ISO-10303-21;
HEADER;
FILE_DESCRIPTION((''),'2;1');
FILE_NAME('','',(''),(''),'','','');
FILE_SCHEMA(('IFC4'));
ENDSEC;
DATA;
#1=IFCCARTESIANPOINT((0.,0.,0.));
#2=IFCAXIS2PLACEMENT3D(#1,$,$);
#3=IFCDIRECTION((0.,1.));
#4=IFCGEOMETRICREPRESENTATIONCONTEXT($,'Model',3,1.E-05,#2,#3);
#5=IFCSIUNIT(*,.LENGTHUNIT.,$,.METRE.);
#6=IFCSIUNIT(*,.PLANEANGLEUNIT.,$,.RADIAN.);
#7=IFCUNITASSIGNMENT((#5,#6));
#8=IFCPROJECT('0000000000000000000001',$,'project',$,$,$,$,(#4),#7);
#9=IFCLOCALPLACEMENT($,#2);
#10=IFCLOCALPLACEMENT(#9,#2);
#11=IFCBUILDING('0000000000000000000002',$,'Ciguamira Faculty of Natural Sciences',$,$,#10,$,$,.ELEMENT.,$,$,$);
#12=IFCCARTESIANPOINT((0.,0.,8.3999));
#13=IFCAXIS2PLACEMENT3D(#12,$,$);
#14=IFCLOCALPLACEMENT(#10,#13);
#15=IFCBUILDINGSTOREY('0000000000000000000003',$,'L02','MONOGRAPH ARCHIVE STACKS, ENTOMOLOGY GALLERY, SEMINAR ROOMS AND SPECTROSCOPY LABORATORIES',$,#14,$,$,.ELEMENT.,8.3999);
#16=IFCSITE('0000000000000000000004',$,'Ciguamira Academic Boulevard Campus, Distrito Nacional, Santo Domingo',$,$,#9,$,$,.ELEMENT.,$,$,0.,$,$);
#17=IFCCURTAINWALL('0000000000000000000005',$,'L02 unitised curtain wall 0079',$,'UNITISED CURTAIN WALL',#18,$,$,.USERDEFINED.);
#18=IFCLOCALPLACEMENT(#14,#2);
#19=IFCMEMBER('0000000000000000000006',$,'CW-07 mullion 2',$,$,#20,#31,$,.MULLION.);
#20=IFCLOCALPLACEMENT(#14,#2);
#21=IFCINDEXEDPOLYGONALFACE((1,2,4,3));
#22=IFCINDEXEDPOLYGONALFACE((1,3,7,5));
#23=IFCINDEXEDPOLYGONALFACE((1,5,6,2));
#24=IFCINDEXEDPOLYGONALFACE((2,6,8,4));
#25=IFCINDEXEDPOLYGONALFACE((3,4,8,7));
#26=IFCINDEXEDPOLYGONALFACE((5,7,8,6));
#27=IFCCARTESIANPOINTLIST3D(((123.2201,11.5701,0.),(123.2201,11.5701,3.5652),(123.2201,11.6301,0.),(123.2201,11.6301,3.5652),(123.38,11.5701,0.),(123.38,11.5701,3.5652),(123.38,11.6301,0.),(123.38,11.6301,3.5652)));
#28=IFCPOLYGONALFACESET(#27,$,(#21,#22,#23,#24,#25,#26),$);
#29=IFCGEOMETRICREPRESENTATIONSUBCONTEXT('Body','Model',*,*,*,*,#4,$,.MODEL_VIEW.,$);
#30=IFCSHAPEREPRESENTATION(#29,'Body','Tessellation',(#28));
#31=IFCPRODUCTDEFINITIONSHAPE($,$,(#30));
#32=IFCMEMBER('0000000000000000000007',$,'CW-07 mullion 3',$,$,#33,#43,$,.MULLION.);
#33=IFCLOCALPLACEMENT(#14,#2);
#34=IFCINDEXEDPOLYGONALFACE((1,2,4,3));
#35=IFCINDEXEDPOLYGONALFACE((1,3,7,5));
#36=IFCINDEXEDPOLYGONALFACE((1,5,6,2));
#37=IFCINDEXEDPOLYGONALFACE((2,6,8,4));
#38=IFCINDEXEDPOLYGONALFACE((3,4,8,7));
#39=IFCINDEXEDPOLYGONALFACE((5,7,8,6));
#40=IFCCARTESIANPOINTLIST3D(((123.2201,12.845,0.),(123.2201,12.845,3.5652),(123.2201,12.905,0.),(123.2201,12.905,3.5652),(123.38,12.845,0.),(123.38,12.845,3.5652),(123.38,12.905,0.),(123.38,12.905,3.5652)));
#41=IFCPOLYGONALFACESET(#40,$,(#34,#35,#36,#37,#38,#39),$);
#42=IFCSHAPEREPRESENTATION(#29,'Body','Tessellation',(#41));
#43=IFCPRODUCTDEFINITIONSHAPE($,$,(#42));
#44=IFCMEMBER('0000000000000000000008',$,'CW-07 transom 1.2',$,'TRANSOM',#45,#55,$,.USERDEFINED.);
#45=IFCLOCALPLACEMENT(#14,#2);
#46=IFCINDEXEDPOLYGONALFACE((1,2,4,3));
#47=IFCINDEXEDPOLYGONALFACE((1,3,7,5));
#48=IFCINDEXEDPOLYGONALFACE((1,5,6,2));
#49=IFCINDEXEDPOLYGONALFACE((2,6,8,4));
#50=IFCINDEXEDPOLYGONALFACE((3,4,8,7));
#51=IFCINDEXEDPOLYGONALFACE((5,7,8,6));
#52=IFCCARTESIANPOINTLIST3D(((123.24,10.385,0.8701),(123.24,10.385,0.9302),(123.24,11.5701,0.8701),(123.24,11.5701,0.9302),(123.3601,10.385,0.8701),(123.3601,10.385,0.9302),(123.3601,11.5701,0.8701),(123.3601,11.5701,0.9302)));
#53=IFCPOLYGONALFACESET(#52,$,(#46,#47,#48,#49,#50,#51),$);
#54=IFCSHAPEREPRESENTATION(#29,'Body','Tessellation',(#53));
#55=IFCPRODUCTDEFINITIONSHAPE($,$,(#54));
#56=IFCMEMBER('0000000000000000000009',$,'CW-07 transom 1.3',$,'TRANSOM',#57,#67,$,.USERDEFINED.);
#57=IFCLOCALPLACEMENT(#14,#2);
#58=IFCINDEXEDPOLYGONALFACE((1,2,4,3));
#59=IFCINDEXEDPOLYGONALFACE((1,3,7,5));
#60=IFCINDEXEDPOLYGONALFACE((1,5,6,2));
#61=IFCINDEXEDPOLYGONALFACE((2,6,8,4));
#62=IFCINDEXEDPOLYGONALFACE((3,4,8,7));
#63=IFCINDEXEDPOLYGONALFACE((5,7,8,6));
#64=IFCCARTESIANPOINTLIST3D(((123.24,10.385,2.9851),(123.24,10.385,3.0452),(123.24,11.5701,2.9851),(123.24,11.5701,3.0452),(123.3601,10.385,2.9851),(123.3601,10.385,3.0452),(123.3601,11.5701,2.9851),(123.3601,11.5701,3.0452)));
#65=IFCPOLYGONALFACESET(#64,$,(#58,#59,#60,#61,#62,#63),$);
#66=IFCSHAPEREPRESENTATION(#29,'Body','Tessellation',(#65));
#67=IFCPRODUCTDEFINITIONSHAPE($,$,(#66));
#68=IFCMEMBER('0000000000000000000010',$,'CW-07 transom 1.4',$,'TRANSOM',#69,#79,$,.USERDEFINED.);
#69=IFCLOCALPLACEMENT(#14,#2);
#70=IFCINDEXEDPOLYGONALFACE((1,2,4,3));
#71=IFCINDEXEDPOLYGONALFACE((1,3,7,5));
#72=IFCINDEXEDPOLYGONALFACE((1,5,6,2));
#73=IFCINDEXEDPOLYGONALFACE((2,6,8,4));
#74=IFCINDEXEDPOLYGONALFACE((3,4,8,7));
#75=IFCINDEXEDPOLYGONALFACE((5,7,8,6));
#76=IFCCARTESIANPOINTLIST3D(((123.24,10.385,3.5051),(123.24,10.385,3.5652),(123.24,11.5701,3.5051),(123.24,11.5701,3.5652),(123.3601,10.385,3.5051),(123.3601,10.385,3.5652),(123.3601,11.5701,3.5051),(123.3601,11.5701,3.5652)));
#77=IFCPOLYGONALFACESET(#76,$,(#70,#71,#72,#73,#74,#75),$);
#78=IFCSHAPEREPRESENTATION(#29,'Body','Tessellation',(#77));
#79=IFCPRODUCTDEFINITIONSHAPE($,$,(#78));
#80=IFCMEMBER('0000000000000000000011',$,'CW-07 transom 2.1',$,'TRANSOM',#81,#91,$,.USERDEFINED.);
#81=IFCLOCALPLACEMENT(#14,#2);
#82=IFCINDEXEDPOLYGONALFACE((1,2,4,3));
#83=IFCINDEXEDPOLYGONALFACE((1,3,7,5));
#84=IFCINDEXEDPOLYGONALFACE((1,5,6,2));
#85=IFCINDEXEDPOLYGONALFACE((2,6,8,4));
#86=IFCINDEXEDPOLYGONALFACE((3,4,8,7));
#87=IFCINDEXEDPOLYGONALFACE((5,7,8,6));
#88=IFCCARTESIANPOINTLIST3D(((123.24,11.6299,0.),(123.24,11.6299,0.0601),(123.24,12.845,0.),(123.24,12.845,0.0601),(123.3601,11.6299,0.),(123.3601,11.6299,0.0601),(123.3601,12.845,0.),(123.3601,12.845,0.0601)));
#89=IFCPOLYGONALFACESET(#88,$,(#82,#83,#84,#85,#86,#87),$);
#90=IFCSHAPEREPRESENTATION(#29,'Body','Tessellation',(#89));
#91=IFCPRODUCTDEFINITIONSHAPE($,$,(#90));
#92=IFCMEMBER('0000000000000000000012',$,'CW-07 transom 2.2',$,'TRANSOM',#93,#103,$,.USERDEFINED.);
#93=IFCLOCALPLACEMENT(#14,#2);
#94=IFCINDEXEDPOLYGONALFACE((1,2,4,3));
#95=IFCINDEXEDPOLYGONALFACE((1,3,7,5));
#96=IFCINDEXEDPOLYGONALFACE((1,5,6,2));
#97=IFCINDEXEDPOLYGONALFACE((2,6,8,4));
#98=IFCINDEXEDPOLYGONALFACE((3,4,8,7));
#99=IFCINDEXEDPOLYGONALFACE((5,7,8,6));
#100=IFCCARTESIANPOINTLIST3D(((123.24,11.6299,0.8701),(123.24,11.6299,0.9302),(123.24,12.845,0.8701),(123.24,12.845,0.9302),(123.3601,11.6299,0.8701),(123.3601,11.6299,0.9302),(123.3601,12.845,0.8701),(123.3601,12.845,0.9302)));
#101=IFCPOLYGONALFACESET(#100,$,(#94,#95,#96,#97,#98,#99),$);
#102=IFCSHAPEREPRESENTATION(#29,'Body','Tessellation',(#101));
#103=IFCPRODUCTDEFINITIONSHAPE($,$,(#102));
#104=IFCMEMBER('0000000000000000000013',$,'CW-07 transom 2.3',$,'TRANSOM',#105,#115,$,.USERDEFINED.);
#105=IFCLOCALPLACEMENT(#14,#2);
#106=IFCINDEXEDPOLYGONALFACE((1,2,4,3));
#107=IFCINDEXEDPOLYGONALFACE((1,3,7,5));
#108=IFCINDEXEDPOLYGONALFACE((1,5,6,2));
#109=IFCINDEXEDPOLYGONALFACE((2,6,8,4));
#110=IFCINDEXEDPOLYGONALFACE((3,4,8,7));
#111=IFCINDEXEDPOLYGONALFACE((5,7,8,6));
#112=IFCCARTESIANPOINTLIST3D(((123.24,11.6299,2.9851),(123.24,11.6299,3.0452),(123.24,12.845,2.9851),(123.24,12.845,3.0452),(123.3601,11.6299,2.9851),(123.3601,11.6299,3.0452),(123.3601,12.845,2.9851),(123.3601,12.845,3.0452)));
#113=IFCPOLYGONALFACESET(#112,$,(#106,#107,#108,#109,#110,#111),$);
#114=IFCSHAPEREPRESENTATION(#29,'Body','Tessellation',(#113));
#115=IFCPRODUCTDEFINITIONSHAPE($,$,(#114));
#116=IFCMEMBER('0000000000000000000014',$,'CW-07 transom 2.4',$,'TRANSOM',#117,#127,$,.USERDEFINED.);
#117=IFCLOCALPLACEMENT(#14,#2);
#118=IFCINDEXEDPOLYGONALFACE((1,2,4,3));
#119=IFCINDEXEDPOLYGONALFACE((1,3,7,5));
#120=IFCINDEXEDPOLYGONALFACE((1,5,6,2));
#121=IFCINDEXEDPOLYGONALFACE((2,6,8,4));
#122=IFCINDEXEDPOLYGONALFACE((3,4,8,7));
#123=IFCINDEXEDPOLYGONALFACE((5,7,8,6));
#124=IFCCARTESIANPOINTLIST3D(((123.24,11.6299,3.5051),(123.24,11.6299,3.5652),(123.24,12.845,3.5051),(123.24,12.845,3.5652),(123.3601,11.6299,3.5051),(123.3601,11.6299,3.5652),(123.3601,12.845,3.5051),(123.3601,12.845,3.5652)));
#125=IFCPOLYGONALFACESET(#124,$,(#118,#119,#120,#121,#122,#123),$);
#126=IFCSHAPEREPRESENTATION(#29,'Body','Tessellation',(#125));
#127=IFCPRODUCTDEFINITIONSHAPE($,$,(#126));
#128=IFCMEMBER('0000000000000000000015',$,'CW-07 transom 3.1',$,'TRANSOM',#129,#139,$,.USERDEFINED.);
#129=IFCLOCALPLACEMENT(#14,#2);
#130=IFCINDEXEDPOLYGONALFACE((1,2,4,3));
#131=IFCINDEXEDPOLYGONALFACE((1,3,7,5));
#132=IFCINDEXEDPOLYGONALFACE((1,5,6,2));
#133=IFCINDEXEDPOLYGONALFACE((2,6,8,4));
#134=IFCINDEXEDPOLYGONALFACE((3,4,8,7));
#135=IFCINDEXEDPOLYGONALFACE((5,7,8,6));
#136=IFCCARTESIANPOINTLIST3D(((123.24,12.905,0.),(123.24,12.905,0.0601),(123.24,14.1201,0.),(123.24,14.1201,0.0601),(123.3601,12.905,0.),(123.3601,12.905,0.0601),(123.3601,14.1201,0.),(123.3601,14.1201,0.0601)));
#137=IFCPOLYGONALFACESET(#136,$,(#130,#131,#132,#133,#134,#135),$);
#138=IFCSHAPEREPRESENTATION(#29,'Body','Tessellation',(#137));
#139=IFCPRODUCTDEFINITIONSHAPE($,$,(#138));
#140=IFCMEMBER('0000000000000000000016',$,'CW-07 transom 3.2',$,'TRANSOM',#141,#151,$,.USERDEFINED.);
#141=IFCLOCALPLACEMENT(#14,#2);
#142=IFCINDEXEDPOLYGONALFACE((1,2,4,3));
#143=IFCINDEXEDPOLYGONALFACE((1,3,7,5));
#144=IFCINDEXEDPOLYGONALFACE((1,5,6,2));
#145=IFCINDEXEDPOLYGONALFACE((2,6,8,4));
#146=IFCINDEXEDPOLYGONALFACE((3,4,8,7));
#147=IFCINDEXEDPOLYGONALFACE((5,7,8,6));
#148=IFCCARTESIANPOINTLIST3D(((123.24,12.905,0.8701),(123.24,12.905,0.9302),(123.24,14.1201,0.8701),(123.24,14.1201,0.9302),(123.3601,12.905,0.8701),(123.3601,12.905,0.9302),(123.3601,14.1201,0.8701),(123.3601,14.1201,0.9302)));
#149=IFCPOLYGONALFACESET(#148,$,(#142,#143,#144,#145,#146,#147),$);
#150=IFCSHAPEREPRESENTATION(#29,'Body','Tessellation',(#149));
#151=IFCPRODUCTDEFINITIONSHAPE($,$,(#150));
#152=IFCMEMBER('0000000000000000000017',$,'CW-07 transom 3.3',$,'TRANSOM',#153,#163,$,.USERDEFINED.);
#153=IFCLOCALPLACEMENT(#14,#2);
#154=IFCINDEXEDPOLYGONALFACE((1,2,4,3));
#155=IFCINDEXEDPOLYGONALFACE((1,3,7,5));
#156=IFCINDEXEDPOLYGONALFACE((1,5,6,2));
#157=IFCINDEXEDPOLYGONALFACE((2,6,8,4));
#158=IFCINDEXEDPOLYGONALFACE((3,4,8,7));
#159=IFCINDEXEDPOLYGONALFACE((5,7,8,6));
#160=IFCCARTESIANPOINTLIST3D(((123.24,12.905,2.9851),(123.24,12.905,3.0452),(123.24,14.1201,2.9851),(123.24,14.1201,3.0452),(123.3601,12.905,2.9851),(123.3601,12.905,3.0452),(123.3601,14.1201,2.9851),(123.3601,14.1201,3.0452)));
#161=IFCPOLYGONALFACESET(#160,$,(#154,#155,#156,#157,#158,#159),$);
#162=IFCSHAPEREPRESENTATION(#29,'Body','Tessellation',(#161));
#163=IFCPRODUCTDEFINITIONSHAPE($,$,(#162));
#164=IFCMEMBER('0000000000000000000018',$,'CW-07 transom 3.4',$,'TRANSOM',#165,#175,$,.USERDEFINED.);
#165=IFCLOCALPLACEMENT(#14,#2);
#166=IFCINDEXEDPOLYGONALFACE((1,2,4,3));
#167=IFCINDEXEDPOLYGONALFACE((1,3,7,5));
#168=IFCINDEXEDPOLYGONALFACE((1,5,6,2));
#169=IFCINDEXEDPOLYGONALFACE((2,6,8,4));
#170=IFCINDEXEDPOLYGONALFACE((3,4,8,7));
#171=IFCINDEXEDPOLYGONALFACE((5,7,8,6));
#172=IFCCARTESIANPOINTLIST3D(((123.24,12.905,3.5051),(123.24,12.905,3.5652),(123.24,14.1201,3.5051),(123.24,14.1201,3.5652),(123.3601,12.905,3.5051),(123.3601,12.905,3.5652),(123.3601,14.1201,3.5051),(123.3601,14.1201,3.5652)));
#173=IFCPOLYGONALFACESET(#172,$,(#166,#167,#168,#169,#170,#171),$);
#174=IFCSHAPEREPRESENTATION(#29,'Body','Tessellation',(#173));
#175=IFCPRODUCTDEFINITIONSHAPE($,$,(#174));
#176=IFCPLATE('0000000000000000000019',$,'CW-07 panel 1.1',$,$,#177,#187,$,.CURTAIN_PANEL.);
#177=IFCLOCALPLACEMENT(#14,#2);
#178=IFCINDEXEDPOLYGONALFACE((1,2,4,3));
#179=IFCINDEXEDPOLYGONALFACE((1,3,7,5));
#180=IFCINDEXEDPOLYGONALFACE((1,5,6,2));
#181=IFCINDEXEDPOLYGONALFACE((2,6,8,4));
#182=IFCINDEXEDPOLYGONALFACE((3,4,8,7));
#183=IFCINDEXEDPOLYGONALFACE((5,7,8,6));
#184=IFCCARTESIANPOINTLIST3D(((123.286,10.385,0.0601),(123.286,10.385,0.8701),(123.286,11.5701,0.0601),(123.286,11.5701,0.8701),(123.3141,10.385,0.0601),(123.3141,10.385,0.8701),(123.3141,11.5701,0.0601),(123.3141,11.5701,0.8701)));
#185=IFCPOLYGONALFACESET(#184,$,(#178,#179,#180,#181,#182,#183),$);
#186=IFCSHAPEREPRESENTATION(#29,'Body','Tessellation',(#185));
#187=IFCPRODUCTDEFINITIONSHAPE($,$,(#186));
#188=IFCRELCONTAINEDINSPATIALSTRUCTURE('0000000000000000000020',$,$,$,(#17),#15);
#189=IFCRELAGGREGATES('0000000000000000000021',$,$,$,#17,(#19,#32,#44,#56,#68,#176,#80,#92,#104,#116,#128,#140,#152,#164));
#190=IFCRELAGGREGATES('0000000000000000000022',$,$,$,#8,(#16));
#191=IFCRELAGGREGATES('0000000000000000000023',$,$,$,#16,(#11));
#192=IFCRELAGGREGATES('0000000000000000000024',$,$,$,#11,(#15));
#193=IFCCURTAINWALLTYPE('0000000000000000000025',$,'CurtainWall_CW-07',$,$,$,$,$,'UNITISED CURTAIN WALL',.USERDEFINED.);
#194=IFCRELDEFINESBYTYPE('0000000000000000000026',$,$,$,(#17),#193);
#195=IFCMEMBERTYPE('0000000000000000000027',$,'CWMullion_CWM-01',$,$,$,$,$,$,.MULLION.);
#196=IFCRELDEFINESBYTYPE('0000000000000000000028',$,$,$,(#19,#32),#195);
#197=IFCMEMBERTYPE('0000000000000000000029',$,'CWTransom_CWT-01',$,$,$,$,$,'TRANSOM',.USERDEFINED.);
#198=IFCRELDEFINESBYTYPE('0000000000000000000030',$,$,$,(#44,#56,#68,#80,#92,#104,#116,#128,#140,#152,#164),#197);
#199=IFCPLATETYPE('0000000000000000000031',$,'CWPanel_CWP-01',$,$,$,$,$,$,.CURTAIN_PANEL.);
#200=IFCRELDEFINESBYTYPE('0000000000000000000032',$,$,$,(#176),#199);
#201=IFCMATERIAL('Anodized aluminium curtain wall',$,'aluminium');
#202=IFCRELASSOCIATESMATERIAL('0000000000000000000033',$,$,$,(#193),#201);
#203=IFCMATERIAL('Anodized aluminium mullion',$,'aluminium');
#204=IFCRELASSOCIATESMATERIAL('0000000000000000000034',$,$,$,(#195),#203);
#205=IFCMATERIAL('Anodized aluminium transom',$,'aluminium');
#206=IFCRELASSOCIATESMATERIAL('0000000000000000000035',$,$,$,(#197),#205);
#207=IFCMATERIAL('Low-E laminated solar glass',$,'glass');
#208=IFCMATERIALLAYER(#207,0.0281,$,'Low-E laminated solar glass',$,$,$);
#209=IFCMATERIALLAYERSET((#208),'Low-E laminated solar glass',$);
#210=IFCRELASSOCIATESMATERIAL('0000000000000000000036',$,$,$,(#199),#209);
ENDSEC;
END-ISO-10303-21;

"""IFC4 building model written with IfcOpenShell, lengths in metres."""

from ifc_helpers import new_model, si_unit, direction, frame, origin, origin_2d, place, context, subcontext, project, spatial, rectangle, extrude, material, layer, layer_set, material_profile, profile_set, type_object, element, aggregate, save


model = new_model("IFC4")

# Units and contexts
model_context = context("Model", 3, precision=1e-05, world=origin(), true_north=direction((0.0, 1.0)))
body_context = subcontext(model_context, "Body", "Model", "MODEL_VIEW")
ifc_project = project(units=[si_unit("LENGTHUNIT", "METRE"), si_unit("PLANEANGLEUNIT", "RADIAN")], contexts=[model_context])

# Site, building, storey
site_placement = place(None, origin())
site = spatial("IfcSite", under=ifc_project, at=site_placement, Name="Ciguamira Academic Boulevard Campus, Distrito Nacional, Santo Domingo", CompositionType="ELEMENT", RefElevation=0.0)
building_placement = place(site_placement, origin())
building = spatial("IfcBuilding", under=site, at=building_placement, Name="Ciguamira Faculty of Natural Sciences", CompositionType="ELEMENT")
storey_placement = place(building_placement, frame((0.0, 0.0, 8.3999)))
storey = spatial("IfcBuildingStorey", under=building, at=storey_placement, Name="L02", Description="MONOGRAPH ARCHIVE STACKS, ENTOMOLOGY GALLERY, SEMINAR ROOMS AND SPECTROSCOPY LABORATORIES", CompositionType="ELEMENT", Elevation=8.3999)

# Curtain wall, members, plate
ifc_material_1 = material(Name="Anodized aluminium curtain wall", Category="aluminium")
curtain_wall_type = type_object("IfcCurtainWallType", Name="CurtainWall_CW-07", ElementType="UNITISED CURTAIN WALL", PredefinedType="USERDEFINED", material=ifc_material_1)
curtain_wall_placement = place(storey_placement, origin())
curtain_wall = element("IfcCurtainWall", 1, at=curtain_wall_placement, inside=storey, type_object=curtain_wall_type, Name="L02 unitised curtain wall 0079", ObjectType="UNITISED CURTAIN WALL", PredefinedType="USERDEFINED")
ifc_material_2 = material(Name="Anodized aluminium mullion", Category="aluminium")
ifc_material_profile_1 = material_profile(ifc_material_2, rectangle(XDim=0.0601, YDim=0.1599, at=origin_2d()), Name="ALU-MUL-60X160")
ifc_profile_set_1 = profile_set([ifc_material_profile_1], Name="Anodized aluminium mullion")
member_type_1 = type_object("IfcMemberType", Name="CWMullion_CWM-01", PredefinedType="MULLION", material=ifc_profile_set_1)
member_1_placement = place(storey_placement, frame((123.3, 11.6001, 0.0), z_axis=(0.0, 0.0, 1.0), x_axis=(0.0, 1.0, 0.0)))
member_1 = element("IfcMember", 2, at=member_1_placement, type_object=member_type_1, Name="CW-07 mullion 2", PredefinedType="MULLION", context=body_context, shape_type="SweptSolid", body=[
    extrude(rectangle(XDim=0.0601, YDim=0.1599, at=origin_2d()), origin(), (0.0, 0.0, 1.0), 3.5652),
])
member_2_placement = place(storey_placement, frame((123.3, 12.875, 0.0), z_axis=(0.0, 0.0, 1.0), x_axis=(0.0, 1.0, 0.0)))
member_2 = element("IfcMember", 3, at=member_2_placement, type_object=member_type_1, Name="CW-07 mullion 3", PredefinedType="MULLION", context=body_context, shape_type="SweptSolid", body=[
    extrude(rectangle(XDim=0.0601, YDim=0.1599, at=origin_2d()), origin(), (0.0, 0.0, 1.0), 3.5652),
])
ifc_material_3 = material(Name="Anodized aluminium transom", Category="aluminium")
ifc_material_profile_2 = material_profile(ifc_material_3, rectangle(XDim=0.0601, YDim=0.1201, at=origin_2d()), Name="ALU-TRN-60X120")
ifc_profile_set_2 = profile_set([ifc_material_profile_2], Name="Anodized aluminium transom")
member_type_2 = type_object("IfcMemberType", Name="CWTransom_CWT-01", ElementType="TRANSOM", PredefinedType="USERDEFINED", material=ifc_profile_set_2)
member_3_placement = place(storey_placement, frame((123.3, 10.385, 0.9001), z_axis=(0.0, 1.0, 0.0), x_axis=(0.0, 0.0, 1.0)))
member_3 = element("IfcMember", 4, at=member_3_placement, type_object=member_type_2, Name="CW-07 transom 1.2", ObjectType="TRANSOM", PredefinedType="USERDEFINED", context=body_context, shape_type="SweptSolid", body=[
    extrude(rectangle(XDim=0.0601, YDim=0.1201, at=origin_2d()), origin(), (0.0, 0.0, 1.0), 1.1851),
])
member_4_placement = place(storey_placement, frame((123.3, 10.385, 3.0151), z_axis=(0.0, 1.0, 0.0), x_axis=(0.0, 0.0, 1.0)))
member_4 = element("IfcMember", 5, at=member_4_placement, type_object=member_type_2, Name="CW-07 transom 1.3", ObjectType="TRANSOM", PredefinedType="USERDEFINED", context=body_context, shape_type="SweptSolid", body=[
    extrude(rectangle(XDim=0.0601, YDim=0.1201, at=origin_2d()), origin(), (0.0, 0.0, 1.0), 1.1851),
])
member_5_placement = place(storey_placement, frame((123.3, 10.385, 3.5352), z_axis=(0.0, 1.0, 0.0), x_axis=(0.0, 0.0, 1.0)))
member_5 = element("IfcMember", 6, at=member_5_placement, type_object=member_type_2, Name="CW-07 transom 1.4", ObjectType="TRANSOM", PredefinedType="USERDEFINED", context=body_context, shape_type="SweptSolid", body=[
    extrude(rectangle(XDim=0.0601, YDim=0.1201, at=origin_2d()), origin(), (0.0, 0.0, 1.0), 1.1851),
])
member_6_placement = place(storey_placement, frame((123.3, 11.6299, 0.03), z_axis=(0.0, 1.0, 0.0), x_axis=(0.0, 0.0, 1.0)))
member_6 = element("IfcMember", 7, at=member_6_placement, type_object=member_type_2, Name="CW-07 transom 2.1", ObjectType="TRANSOM", PredefinedType="USERDEFINED", context=body_context, shape_type="SweptSolid", body=[
    extrude(rectangle(XDim=0.0601, YDim=0.1201, at=origin_2d()), origin(), (0.0, 0.0, 1.0), 1.2151),
])
member_7_placement = place(storey_placement, frame((123.3, 11.6299, 0.9001), z_axis=(0.0, 1.0, 0.0), x_axis=(0.0, 0.0, 1.0)))
member_7 = element("IfcMember", 8, at=member_7_placement, type_object=member_type_2, Name="CW-07 transom 2.2", ObjectType="TRANSOM", PredefinedType="USERDEFINED", context=body_context, shape_type="SweptSolid", body=[
    extrude(rectangle(XDim=0.0601, YDim=0.1201, at=origin_2d()), origin(), (0.0, 0.0, 1.0), 1.2151),
])
member_8_placement = place(storey_placement, frame((123.3, 11.6299, 3.0151), z_axis=(0.0, 1.0, 0.0), x_axis=(0.0, 0.0, 1.0)))
member_8 = element("IfcMember", 9, at=member_8_placement, type_object=member_type_2, Name="CW-07 transom 2.3", ObjectType="TRANSOM", PredefinedType="USERDEFINED", context=body_context, shape_type="SweptSolid", body=[
    extrude(rectangle(XDim=0.0601, YDim=0.1201, at=origin_2d()), origin(), (0.0, 0.0, 1.0), 1.2151),
])
member_9_placement = place(storey_placement, frame((123.3, 11.6299, 3.5352), z_axis=(0.0, 1.0, 0.0), x_axis=(0.0, 0.0, 1.0)))
member_9 = element("IfcMember", 10, at=member_9_placement, type_object=member_type_2, Name="CW-07 transom 2.4", ObjectType="TRANSOM", PredefinedType="USERDEFINED", context=body_context, shape_type="SweptSolid", body=[
    extrude(rectangle(XDim=0.0601, YDim=0.1201, at=origin_2d()), origin(), (0.0, 0.0, 1.0), 1.2151),
])
member_10_placement = place(storey_placement, frame((123.3, 12.905, 0.03), z_axis=(0.0, 1.0, 0.0), x_axis=(0.0, 0.0, 1.0)))
member_10 = element("IfcMember", 11, at=member_10_placement, type_object=member_type_2, Name="CW-07 transom 3.1", ObjectType="TRANSOM", PredefinedType="USERDEFINED", context=body_context, shape_type="SweptSolid", body=[
    extrude(rectangle(XDim=0.0601, YDim=0.1201, at=origin_2d()), origin(), (0.0, 0.0, 1.0), 1.2151),
])
member_11_placement = place(storey_placement, frame((123.3, 12.905, 0.9001), z_axis=(0.0, 1.0, 0.0), x_axis=(0.0, 0.0, 1.0)))
member_11 = element("IfcMember", 12, at=member_11_placement, type_object=member_type_2, Name="CW-07 transom 3.2", ObjectType="TRANSOM", PredefinedType="USERDEFINED", context=body_context, shape_type="SweptSolid", body=[
    extrude(rectangle(XDim=0.0601, YDim=0.1201, at=origin_2d()), origin(), (0.0, 0.0, 1.0), 1.2151),
])
member_12_placement = place(storey_placement, frame((123.3, 12.905, 3.0151), z_axis=(0.0, 1.0, 0.0), x_axis=(0.0, 0.0, 1.0)))
member_12 = element("IfcMember", 13, at=member_12_placement, type_object=member_type_2, Name="CW-07 transom 3.3", ObjectType="TRANSOM", PredefinedType="USERDEFINED", context=body_context, shape_type="SweptSolid", body=[
    extrude(rectangle(XDim=0.0601, YDim=0.1201, at=origin_2d()), origin(), (0.0, 0.0, 1.0), 1.2151),
])
member_13_placement = place(storey_placement, frame((123.3, 12.905, 3.5352), z_axis=(0.0, 1.0, 0.0), x_axis=(0.0, 0.0, 1.0)))
member_13 = element("IfcMember", 14, at=member_13_placement, type_object=member_type_2, Name="CW-07 transom 3.4", ObjectType="TRANSOM", PredefinedType="USERDEFINED", context=body_context, shape_type="SweptSolid", body=[
    extrude(rectangle(XDim=0.0601, YDim=0.1201, at=origin_2d()), origin(), (0.0, 0.0, 1.0), 1.2151),
])
ifc_material_4 = material(Name="Low-E laminated solar glass", Category="glass")
ifc_layer = layer(ifc_material_4, 0.0281, Name="Low-E laminated solar glass")
ifc_layer_set = layer_set([ifc_layer], Name="Low-E laminated solar glass")
plate_type = type_object("IfcPlateType", Name="CWPanel_CWP-01", PredefinedType="CURTAIN_PANEL", material=ifc_layer_set)
plate_1_placement = place(storey_placement, frame((123.3, 10.9775, 0.0601), z_axis=(0.0, 0.0, 1.0), x_axis=(0.0, 1.0, 0.0)))
plate_1 = element("IfcPlate", 15, at=plate_1_placement, type_object=plate_type, Name="CW-07 panel 1.1", PredefinedType="CURTAIN_PANEL", context=body_context, shape_type="SweptSolid", body=[
    extrude(rectangle(XDim=1.1851, YDim=0.0281, at=origin_2d()), origin(), (0.0, 0.0, 1.0), 0.8101),
])
aggregate(curtain_wall, [member_1, member_2, member_3, member_4, member_5, plate_1, member_6, member_7, member_8, member_9, member_10, member_11, member_12, member_13])

save(model, "model.ifc")
